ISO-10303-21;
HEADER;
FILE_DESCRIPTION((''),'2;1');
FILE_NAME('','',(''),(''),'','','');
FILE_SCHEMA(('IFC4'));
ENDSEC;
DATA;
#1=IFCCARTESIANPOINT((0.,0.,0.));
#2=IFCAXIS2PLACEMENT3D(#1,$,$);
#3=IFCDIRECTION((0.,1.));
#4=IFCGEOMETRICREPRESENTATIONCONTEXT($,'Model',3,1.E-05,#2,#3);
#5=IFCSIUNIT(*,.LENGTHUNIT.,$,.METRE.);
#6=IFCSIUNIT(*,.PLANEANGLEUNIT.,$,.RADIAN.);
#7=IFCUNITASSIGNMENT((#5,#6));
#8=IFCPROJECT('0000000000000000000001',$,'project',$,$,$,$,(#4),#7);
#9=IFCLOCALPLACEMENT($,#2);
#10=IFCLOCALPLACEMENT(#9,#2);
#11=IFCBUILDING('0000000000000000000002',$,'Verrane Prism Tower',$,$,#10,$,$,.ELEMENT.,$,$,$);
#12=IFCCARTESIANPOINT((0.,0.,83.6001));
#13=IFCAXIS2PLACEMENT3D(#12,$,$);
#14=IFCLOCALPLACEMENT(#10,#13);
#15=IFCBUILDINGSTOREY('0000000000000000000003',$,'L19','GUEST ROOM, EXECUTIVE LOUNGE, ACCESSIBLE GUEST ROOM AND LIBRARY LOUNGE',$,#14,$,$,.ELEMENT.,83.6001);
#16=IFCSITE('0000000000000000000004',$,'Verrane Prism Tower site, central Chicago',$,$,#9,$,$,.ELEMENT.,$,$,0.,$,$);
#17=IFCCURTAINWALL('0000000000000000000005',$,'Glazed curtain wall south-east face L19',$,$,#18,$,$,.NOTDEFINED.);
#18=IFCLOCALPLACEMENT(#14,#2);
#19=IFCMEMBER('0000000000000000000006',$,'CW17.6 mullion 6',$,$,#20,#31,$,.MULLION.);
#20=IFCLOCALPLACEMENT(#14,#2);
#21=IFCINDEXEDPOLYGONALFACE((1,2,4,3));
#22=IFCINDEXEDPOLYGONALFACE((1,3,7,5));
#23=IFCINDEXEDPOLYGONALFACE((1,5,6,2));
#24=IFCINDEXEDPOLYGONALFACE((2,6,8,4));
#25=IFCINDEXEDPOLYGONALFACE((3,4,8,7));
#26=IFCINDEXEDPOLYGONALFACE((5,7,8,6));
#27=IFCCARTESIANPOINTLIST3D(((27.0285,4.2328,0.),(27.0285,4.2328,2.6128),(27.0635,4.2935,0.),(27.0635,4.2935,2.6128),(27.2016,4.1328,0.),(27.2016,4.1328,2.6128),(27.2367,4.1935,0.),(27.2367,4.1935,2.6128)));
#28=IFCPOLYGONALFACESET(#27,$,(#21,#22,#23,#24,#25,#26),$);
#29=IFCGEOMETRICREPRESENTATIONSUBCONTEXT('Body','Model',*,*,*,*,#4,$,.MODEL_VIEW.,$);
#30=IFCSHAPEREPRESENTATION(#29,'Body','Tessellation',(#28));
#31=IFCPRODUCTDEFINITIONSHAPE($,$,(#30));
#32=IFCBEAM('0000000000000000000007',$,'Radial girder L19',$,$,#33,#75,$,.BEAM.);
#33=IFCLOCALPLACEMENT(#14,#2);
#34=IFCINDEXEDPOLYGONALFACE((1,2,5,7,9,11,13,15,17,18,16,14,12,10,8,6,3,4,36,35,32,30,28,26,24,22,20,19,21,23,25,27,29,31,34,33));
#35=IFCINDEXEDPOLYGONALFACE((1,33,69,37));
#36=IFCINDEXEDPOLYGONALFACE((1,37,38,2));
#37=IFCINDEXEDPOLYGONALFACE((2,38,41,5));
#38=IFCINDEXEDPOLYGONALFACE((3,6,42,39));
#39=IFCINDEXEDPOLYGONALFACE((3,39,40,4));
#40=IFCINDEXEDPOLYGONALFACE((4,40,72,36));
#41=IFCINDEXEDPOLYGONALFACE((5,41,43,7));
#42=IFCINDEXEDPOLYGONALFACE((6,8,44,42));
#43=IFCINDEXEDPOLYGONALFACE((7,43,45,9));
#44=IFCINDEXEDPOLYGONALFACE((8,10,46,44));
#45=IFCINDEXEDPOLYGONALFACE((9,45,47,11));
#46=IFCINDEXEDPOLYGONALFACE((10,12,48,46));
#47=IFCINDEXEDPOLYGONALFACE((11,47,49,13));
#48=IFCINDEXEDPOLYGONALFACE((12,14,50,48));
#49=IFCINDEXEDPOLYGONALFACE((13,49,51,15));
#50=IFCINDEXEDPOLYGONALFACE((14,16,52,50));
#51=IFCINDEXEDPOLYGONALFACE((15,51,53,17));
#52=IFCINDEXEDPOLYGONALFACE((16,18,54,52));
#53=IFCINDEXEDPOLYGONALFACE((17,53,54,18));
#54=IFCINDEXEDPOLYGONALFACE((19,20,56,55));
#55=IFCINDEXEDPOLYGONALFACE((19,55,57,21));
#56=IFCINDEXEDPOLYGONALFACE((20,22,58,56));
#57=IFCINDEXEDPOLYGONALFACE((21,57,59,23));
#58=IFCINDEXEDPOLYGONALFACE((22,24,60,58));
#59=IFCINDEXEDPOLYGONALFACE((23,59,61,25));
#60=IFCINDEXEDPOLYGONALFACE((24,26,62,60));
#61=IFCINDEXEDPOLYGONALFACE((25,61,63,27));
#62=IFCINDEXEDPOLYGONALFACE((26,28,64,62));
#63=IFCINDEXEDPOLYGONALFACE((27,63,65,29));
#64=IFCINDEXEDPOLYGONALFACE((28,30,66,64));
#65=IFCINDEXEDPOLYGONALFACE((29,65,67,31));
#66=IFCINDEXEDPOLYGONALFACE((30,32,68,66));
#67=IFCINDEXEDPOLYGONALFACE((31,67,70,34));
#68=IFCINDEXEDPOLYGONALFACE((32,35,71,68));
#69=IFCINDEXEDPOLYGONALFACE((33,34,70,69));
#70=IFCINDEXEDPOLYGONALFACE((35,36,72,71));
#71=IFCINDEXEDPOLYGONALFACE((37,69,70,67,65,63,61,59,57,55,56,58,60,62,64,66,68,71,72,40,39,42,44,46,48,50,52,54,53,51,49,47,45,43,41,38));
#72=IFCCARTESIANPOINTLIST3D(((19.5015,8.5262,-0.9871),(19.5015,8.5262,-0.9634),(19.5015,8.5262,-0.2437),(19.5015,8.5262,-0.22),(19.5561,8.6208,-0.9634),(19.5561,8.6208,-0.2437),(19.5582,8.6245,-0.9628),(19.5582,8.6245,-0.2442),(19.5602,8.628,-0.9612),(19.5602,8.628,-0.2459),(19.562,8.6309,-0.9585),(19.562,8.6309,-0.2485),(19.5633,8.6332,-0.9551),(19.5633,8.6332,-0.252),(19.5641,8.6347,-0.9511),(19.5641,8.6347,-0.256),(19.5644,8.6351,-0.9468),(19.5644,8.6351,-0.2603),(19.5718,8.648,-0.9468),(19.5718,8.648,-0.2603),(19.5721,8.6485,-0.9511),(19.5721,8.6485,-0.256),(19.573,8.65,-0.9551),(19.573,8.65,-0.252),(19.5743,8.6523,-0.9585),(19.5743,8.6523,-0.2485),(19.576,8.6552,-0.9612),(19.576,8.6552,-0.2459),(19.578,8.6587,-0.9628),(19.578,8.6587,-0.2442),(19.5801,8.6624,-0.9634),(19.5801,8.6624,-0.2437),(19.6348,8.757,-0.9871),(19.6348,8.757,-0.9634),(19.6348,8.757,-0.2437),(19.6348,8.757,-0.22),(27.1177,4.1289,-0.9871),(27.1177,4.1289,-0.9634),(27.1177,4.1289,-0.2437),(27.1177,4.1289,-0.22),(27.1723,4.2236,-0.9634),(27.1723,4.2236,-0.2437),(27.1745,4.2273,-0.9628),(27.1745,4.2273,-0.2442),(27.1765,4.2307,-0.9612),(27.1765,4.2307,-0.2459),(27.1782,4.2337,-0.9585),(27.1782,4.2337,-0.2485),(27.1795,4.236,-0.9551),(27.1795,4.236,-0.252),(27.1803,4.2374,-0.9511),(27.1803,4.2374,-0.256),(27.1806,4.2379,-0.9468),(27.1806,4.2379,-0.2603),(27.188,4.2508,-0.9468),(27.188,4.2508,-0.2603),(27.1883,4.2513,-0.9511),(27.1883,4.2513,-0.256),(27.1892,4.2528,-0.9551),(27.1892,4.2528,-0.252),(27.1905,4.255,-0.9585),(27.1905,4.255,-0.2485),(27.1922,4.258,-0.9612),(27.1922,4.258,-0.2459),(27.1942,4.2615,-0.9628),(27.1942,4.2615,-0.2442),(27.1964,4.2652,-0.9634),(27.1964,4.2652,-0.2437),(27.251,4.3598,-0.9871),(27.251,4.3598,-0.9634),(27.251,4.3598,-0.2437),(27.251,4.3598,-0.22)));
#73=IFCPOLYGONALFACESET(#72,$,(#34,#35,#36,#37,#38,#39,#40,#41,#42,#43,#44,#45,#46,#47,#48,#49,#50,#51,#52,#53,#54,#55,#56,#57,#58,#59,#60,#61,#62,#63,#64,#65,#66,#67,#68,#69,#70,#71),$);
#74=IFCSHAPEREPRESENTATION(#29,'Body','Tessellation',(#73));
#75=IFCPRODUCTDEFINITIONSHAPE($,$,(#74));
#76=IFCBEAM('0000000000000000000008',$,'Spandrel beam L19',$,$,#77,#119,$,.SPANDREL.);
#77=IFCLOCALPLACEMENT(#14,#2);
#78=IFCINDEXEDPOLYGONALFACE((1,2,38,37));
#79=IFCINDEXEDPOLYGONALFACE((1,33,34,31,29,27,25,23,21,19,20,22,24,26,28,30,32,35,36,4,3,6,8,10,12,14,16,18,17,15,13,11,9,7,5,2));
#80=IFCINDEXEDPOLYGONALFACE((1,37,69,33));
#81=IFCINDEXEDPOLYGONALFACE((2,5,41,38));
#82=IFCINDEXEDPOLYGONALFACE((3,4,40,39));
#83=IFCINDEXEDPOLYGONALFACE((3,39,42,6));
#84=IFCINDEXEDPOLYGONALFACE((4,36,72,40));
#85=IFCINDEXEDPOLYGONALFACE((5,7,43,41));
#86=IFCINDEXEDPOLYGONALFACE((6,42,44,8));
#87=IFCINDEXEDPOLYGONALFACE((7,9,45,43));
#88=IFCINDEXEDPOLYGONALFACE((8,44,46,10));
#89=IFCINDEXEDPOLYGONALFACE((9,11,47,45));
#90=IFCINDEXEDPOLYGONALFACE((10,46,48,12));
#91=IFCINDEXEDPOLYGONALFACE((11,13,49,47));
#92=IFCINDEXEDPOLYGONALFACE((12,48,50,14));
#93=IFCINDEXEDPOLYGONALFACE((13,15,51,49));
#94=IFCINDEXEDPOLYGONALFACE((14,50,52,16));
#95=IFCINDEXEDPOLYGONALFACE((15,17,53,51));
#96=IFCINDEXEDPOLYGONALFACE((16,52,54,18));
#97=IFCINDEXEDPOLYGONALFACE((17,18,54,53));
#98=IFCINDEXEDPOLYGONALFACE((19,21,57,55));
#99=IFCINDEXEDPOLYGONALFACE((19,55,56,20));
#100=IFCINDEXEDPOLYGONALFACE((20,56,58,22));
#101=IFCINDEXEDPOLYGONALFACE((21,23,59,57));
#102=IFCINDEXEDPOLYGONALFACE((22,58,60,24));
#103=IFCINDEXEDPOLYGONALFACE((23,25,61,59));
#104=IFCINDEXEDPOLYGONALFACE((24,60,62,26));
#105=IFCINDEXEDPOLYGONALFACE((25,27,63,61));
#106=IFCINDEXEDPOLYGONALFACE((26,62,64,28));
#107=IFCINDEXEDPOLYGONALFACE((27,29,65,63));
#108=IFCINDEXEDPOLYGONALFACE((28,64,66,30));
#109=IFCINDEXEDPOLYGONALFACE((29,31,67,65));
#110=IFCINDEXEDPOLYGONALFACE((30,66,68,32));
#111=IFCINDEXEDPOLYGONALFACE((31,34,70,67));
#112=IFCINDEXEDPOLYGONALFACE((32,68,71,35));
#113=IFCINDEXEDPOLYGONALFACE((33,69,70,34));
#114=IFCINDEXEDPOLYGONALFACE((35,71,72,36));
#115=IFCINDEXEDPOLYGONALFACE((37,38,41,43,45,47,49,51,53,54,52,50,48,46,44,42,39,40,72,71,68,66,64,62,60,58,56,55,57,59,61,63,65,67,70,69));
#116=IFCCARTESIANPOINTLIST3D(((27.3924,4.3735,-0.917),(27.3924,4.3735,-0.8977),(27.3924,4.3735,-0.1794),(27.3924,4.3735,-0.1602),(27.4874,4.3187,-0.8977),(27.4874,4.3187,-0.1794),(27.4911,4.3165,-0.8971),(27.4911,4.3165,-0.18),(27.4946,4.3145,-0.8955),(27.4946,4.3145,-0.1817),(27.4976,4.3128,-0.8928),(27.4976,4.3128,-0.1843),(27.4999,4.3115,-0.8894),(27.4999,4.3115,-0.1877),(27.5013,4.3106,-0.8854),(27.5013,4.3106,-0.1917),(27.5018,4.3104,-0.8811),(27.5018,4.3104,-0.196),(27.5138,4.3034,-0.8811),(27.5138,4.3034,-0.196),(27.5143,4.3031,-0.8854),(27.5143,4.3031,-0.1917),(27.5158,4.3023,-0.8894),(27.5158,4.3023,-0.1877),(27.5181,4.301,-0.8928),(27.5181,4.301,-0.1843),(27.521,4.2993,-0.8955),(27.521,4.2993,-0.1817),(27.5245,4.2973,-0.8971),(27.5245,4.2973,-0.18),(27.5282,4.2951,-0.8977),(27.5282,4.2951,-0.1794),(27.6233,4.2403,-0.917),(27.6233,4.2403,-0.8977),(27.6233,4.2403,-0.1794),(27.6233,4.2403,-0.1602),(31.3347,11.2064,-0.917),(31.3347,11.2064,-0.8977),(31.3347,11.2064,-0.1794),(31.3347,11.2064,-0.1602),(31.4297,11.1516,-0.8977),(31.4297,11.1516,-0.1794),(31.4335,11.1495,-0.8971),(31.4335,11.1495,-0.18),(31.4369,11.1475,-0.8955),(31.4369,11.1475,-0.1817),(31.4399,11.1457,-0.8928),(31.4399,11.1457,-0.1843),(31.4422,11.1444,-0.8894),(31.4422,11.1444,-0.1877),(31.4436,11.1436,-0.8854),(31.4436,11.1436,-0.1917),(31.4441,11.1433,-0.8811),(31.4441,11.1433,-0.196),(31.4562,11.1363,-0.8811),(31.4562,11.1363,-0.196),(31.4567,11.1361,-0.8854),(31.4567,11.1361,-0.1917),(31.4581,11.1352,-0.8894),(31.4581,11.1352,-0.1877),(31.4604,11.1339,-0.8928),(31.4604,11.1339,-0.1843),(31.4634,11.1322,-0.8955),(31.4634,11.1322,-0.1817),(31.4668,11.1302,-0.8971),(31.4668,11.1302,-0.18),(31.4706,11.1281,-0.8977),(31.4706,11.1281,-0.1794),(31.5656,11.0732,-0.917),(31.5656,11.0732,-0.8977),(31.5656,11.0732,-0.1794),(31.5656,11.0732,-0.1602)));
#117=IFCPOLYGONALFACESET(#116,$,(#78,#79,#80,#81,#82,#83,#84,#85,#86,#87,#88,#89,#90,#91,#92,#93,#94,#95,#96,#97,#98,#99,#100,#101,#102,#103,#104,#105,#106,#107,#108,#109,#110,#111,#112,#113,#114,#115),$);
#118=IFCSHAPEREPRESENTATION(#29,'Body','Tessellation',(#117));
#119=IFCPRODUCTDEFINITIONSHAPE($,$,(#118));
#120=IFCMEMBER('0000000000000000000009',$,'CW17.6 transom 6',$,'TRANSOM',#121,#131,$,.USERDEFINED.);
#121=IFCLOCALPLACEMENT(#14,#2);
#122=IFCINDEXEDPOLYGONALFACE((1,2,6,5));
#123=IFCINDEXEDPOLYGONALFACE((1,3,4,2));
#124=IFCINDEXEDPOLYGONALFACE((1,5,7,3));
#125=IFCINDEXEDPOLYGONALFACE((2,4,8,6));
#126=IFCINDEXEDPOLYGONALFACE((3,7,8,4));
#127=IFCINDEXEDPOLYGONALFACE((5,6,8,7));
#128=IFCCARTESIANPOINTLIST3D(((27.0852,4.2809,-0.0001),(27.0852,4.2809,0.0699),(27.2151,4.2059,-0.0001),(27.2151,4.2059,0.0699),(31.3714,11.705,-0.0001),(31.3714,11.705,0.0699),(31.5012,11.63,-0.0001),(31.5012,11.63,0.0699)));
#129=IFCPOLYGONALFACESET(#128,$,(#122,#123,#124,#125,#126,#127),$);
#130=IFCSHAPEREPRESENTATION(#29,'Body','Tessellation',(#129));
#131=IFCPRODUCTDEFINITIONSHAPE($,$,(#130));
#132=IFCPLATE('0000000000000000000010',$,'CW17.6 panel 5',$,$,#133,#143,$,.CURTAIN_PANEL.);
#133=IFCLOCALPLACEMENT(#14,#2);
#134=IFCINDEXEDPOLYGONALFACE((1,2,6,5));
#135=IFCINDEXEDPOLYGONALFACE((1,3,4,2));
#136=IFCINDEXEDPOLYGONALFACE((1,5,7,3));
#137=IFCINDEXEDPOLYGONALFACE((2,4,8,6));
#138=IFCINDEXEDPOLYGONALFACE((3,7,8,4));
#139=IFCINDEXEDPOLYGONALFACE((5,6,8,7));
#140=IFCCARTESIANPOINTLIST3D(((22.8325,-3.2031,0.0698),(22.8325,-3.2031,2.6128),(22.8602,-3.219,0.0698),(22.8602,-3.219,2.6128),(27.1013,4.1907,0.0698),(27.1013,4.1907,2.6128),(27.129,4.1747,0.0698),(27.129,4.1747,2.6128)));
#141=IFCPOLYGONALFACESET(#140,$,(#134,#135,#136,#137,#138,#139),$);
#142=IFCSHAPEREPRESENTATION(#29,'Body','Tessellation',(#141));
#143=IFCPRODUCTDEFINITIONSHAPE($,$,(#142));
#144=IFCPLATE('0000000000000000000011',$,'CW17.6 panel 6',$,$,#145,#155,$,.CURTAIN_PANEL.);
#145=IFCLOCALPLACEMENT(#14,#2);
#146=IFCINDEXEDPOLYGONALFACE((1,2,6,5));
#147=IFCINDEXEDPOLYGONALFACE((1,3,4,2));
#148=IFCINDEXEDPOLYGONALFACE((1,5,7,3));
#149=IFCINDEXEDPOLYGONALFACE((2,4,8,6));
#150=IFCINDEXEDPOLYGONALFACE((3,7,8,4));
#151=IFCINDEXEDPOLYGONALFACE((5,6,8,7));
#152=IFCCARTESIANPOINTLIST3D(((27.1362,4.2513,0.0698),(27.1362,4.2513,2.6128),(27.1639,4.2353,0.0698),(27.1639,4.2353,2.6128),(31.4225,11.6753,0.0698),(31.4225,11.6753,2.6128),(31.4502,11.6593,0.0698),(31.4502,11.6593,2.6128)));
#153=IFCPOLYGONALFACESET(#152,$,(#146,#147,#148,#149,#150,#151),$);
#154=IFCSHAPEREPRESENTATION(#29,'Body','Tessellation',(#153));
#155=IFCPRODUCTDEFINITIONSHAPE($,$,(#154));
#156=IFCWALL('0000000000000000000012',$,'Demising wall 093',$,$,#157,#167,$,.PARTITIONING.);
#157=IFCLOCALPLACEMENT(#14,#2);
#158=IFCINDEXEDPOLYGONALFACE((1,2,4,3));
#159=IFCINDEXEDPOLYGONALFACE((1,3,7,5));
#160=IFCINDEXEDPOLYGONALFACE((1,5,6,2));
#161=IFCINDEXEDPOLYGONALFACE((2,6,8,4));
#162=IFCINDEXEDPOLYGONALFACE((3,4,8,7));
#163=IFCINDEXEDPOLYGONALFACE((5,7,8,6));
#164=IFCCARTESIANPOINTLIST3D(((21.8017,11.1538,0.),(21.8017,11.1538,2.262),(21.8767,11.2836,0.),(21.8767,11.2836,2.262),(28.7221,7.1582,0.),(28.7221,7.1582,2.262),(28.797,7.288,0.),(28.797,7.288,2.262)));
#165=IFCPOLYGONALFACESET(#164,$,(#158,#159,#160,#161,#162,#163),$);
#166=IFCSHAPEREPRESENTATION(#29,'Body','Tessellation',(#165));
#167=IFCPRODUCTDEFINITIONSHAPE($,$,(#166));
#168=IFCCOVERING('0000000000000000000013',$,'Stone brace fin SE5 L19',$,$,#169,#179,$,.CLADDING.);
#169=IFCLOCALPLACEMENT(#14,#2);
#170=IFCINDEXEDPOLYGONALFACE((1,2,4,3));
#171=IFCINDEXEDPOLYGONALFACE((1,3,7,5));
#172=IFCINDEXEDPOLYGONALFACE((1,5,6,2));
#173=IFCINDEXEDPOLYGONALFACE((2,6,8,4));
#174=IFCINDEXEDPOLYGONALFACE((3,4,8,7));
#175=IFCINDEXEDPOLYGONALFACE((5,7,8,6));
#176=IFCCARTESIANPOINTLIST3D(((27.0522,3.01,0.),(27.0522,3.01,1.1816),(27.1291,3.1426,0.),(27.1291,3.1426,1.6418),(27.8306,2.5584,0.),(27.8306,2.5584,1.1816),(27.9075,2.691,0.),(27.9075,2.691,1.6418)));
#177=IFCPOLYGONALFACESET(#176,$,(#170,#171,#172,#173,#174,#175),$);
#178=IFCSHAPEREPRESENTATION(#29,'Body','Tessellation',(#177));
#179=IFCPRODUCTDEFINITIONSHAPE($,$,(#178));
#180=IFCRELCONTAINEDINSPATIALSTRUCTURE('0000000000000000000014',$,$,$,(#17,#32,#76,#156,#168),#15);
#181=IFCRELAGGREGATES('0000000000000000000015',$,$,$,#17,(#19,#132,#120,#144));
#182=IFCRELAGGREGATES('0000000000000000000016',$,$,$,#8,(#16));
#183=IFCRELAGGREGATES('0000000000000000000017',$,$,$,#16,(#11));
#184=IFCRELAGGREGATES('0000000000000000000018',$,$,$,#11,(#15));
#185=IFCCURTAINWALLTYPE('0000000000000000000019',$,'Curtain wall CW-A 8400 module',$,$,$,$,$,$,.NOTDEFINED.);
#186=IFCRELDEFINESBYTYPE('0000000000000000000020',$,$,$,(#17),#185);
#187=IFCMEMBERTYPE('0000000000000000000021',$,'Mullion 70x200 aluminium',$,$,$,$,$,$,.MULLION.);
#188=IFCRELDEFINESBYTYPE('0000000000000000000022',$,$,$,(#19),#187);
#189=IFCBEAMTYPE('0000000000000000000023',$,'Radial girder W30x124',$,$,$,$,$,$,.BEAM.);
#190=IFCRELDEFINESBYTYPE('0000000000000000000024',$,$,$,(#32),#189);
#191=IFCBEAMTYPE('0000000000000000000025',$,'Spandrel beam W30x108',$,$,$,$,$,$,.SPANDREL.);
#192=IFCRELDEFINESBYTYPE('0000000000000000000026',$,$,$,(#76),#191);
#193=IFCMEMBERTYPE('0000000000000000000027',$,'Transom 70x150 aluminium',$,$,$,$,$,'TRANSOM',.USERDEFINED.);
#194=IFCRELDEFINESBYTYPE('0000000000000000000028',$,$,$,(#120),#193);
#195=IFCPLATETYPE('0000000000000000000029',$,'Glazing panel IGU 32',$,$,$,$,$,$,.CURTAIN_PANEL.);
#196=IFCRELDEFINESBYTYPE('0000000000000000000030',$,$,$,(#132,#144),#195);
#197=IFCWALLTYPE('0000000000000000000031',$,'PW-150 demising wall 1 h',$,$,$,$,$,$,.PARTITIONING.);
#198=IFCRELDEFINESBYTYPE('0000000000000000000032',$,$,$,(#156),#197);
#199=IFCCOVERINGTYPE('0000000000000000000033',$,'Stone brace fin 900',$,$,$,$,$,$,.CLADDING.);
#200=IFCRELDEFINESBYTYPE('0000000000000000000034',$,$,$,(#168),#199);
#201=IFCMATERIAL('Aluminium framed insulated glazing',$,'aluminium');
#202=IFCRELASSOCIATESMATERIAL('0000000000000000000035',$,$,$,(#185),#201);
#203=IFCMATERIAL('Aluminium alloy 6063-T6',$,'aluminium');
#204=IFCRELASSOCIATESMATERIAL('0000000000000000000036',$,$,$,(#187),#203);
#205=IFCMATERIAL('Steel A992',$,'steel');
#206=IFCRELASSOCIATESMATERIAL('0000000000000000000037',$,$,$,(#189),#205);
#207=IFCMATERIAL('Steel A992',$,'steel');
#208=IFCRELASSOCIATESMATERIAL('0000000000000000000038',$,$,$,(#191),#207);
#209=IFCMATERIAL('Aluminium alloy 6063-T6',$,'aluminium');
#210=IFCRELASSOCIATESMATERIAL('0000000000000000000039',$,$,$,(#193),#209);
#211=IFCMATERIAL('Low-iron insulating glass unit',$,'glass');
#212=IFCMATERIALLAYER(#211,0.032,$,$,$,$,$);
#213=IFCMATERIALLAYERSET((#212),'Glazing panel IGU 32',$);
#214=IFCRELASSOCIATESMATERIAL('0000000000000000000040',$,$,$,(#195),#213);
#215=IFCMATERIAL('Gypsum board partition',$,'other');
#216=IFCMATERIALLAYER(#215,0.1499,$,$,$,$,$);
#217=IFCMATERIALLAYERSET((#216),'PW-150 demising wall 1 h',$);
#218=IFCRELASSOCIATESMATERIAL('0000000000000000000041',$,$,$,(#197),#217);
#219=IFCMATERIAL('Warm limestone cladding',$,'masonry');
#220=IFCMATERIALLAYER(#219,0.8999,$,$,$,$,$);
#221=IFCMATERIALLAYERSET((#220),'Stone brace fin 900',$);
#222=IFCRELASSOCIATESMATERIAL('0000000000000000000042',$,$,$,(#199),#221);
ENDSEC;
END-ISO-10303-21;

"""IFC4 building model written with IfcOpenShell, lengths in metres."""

from ifc_helpers import new_model, si_unit, direction, frame, frame_2d, origin, origin_2d, place, context, subcontext, project, spatial, polyline, rectangle, i_section, outline, extrude, material, layer, layer_set, material_profile, profile_set, type_object, element, aggregate, save


model = new_model("IFC4")

# Units and contexts
model_context = context("Model", 3, precision=1e-05, world=origin(), true_north=direction((0.0, 1.0)))
body_context = subcontext(model_context, "Body", "Model", "MODEL_VIEW")
ifc_project = project(units=[si_unit("LENGTHUNIT", "METRE"), si_unit("PLANEANGLEUNIT", "RADIAN")], contexts=[model_context])

# Site, building, storey
site_placement = place(None, origin())
site = spatial("IfcSite", under=ifc_project, at=site_placement, Name="Verrane Prism Tower site, central Chicago", CompositionType="ELEMENT", RefElevation=0.0)
building_placement = place(site_placement, origin())
building = spatial("IfcBuilding", under=site, at=building_placement, Name="Verrane Prism Tower", CompositionType="ELEMENT")
storey_placement = place(building_placement, frame((0.0, 0.0, 83.6001)))
storey = spatial("IfcBuildingStorey", under=building, at=storey_placement, Name="L19", Description="GUEST ROOM, EXECUTIVE LOUNGE, ACCESSIBLE GUEST ROOM AND LIBRARY LOUNGE", CompositionType="ELEMENT", Elevation=83.6001)

# Curtain wall, member
ifc_material_1 = material(Name="Aluminium framed insulated glazing", Category="aluminium")
curtain_wall_type = type_object("IfcCurtainWallType", Name="Curtain wall CW-A 8400 module", PredefinedType="NOTDEFINED", material=ifc_material_1)
curtain_wall_placement = place(storey_placement, origin())
curtain_wall = element("IfcCurtainWall", 1, at=curtain_wall_placement, inside=storey, type_object=curtain_wall_type, Name="Glazed curtain wall south-east face L19", PredefinedType="NOTDEFINED")
ifc_material_2 = material(Name="Aluminium alloy 6063-T6", Category="aluminium")
ifc_material_profile_1 = material_profile(ifc_material_2, rectangle(XDim=0.2, YDim=0.0701, at=origin_2d()), Name="Mullion 70x200 aluminium")
ifc_profile_set_1 = profile_set([ifc_material_profile_1], Name="Aluminium alloy 6063-T6")
member_type_1 = type_object("IfcMemberType", Name="Mullion 70x200 aluminium", PredefinedType="MULLION", material=ifc_profile_set_1)
member_1_placement = place(storey_placement, frame((27.1326, 4.2131, 0.0), z_axis=(0.0, 0.0, 1.0), x_axis=(-0.866026, 0.499999, 0.0)))
member_1 = element("IfcMember", 2, at=member_1_placement, type_object=member_type_1, Name="CW17.6 mullion 6", PredefinedType="MULLION", context=body_context, shape_type="SweptSolid", body=[
    extrude(rectangle(XDim=0.2, YDim=0.0701, at=origin_2d()), origin(), (0.0, 0.0, 1.0), 2.6128),
])

# Beams
ifc_material_3 = material(Name="Steel A992", Category="steel")
ifc_material_profile_2 = material_profile(ifc_material_3, i_section(OverallWidth=0.2666, OverallDepth=0.7671, WebThickness=0.0149, FlangeThickness=0.0237, FilletRadius=0.0166, at=origin_2d()), Name="W30x124")
ifc_profile_set_2 = profile_set([ifc_material_profile_2], Name="Steel A992")
beam_type_1 = type_object("IfcBeamType", Name="Radial girder W30x124", PredefinedType="BEAM", material=ifc_profile_set_2)
beam_1_placement = place(storey_placement, frame((27.1843, 4.2444, -0.6035), z_axis=(-0.866026, 0.5, 0.0), x_axis=(-0.5, -0.866026, 0.0)))
element("IfcBeam", 3, at=beam_1_placement, inside=storey, type_object=beam_type_1, Name="Radial girder L19", PredefinedType="BEAM", context=body_context, shape_type="SweptSolid", body=[
    extrude(i_section(OverallWidth=0.2666, OverallDepth=0.7671, WebThickness=0.0149, FlangeThickness=0.0237, FilletRadius=0.0166, at=origin_2d()), origin(), (0.0, 0.0, 1.0), 8.7944),
])
ifc_material_4 = material(Name="Steel A992", Category="steel")
ifc_material_profile_3 = material_profile(ifc_material_4, i_section(OverallWidth=0.2666, OverallDepth=0.7568, WebThickness=0.0139, FlangeThickness=0.0193, FilletRadius=0.0166, at=origin_2d()), Name="W30x108")
ifc_profile_set_3 = profile_set([ifc_material_profile_3], Name="Steel A992")
beam_type_2 = type_object("IfcBeamType", Name="Spandrel beam W30x108", PredefinedType="SPANDREL", material=ifc_profile_set_3)
beam_2_placement = place(storey_placement, frame((27.5078, 4.3069, -0.5386), z_axis=(0.499747, 0.866171, 0.0), x_axis=(-0.866171, 0.499747, 0.0)))
element("IfcBeam", 4, at=beam_2_placement, inside=storey, type_object=beam_type_2, Name="Spandrel beam L19", PredefinedType="SPANDREL", context=body_context, shape_type="SweptSolid", body=[
    extrude(i_section(OverallWidth=0.2666, OverallDepth=0.7568, WebThickness=0.0139, FlangeThickness=0.0193, FilletRadius=0.0166, at=origin_2d()), origin(), (0.0, 0.0, 1.0), 7.8887),
])

# Member
ifc_material_5 = material(Name="Aluminium alloy 6063-T6", Category="aluminium")
ifc_material_profile_4 = material_profile(ifc_material_5, rectangle(XDim=0.1499, YDim=0.0701, at=origin_2d()), Name="Transom 70x150 aluminium")
ifc_profile_set_4 = profile_set([ifc_material_profile_4], Name="Aluminium alloy 6063-T6")
member_type_2 = type_object("IfcMemberType", Name="Transom 70x150 aluminium", ElementType="TRANSOM", PredefinedType="USERDEFINED", material=ifc_profile_set_4)
member_2_placement = place(storey_placement, frame((27.1501, 4.2434, 0.0349), z_axis=(0.499986, 0.866033, 0.0), x_axis=(-0.866033, 0.499986, 0.0)))
member_2 = element("IfcMember", 5, at=member_2_placement, type_object=member_type_2, Name="CW17.6 transom 6", ObjectType="TRANSOM", PredefinedType="USERDEFINED", context=body_context, shape_type="SweptSolid", body=[
    extrude(rectangle(XDim=0.1499, YDim=0.0701, at=origin_2d()), origin(), (0.0, 0.0, 1.0), 8.5725),
])

# Plates
ifc_material_6 = material(Name="Low-iron insulating glass unit", Category="glass")
ifc_layer_1 = layer(ifc_material_6, 0.032)
ifc_layer_set_1 = layer_set([ifc_layer_1], Name="Glazing panel IGU 32")
plate_type = type_object("IfcPlateType", Name="Glazing panel IGU 32", PredefinedType="CURTAIN_PANEL", material=ifc_layer_set_1)
plate_1_placement = place(storey_placement, frame((24.9807, 0.4858, 0.0698), z_axis=(0.0, 0.0, 1.0), x_axis=(0.499999, 0.866026, 0.0)))
plate_1 = element("IfcPlate", 6, at=plate_1_placement, type_object=plate_type, Name="CW17.6 panel 5", PredefinedType="CURTAIN_PANEL", context=body_context, shape_type="SweptSolid", body=[
    extrude(rectangle(XDim=8.5376, YDim=0.032, at=origin_2d()), origin(), (0.0, 0.0, 1.0), 2.543),
])
plate_2_placement = place(storey_placement, frame((29.2932, 7.9553, 0.0698), z_axis=(0.0, 0.0, 1.0), x_axis=(0.499999, 0.866026, 0.0)))
plate_2 = element("IfcPlate", 7, at=plate_2_placement, type_object=plate_type, Name="CW17.6 panel 6", PredefinedType="CURTAIN_PANEL", context=body_context, shape_type="SweptSolid", body=[
    extrude(rectangle(XDim=8.5725, YDim=0.032, at=origin_2d()), origin(), (0.0, 0.0, 1.0), 2.543),
])
aggregate(curtain_wall, [member_1, plate_1, member_2, plate_2])

# Wall
ifc_material_7 = material(Name="Gypsum board partition", Category="other")
ifc_layer_2 = layer(ifc_material_7, 0.1499)
ifc_layer_set_2 = layer_set([ifc_layer_2], Name="PW-150 demising wall 1 h")
wall_type = type_object("IfcWallType", Name="PW-150 demising wall 1 h", PredefinedType="PARTITIONING", material=ifc_layer_set_2)
wall_placement = place(storey_placement, frame((21.8391, 11.2188, 0.0), z_axis=(0.0, 0.0, 1.0), x_axis=(0.86602, -0.50001, 0.0)))
element("IfcWall", 8, at=wall_placement, inside=storey, type_object=wall_type, Name="Demising wall 093", PredefinedType="PARTITIONING", context=body_context, shape_type="SweptSolid", body=[
    extrude(rectangle(XDim=7.991, YDim=0.1499, at=frame_2d((3.9956, 0.0))), origin(), (0.0, 0.0, 1.0), 2.262),
])

# Covering
ifc_material_8 = material(Name="Warm limestone cladding", Category="masonry")
ifc_layer_3 = layer(ifc_material_8, 0.8999)
ifc_layer_set_3 = layer_set([ifc_layer_3], Name="Stone brace fin 900")
covering_type = type_object("IfcCoveringType", Name="Stone brace fin 900", PredefinedType="CLADDING", material=ifc_layer_set_3)
covering_placement = place(storey_placement, frame((27.4414, 2.7842, 0.0), z_axis=(0.0, 0.0, 1.0), x_axis=(0.50179, 0.86499, 0.0)))
element("IfcCovering", 9, at=covering_placement, inside=storey, type_object=covering_type, Name="Stone brace fin SE5 L19", PredefinedType="CLADDING", context=body_context, shape_type="SweptSolid", body=[
    extrude(outline(polyline([(0.0, 0.0), (0.1533, 0.0), (0.1533, 1.6418), (0.0, 1.1816), (0.0, 0.0)])), frame((0.0, 0.45, 0.0), z_axis=(0.0, -1.0, 0.0), x_axis=(1.0, 0.0, 0.0)), (0.0, 0.0, 1.0), 0.8999),
])

save(model, "model.ifc")
